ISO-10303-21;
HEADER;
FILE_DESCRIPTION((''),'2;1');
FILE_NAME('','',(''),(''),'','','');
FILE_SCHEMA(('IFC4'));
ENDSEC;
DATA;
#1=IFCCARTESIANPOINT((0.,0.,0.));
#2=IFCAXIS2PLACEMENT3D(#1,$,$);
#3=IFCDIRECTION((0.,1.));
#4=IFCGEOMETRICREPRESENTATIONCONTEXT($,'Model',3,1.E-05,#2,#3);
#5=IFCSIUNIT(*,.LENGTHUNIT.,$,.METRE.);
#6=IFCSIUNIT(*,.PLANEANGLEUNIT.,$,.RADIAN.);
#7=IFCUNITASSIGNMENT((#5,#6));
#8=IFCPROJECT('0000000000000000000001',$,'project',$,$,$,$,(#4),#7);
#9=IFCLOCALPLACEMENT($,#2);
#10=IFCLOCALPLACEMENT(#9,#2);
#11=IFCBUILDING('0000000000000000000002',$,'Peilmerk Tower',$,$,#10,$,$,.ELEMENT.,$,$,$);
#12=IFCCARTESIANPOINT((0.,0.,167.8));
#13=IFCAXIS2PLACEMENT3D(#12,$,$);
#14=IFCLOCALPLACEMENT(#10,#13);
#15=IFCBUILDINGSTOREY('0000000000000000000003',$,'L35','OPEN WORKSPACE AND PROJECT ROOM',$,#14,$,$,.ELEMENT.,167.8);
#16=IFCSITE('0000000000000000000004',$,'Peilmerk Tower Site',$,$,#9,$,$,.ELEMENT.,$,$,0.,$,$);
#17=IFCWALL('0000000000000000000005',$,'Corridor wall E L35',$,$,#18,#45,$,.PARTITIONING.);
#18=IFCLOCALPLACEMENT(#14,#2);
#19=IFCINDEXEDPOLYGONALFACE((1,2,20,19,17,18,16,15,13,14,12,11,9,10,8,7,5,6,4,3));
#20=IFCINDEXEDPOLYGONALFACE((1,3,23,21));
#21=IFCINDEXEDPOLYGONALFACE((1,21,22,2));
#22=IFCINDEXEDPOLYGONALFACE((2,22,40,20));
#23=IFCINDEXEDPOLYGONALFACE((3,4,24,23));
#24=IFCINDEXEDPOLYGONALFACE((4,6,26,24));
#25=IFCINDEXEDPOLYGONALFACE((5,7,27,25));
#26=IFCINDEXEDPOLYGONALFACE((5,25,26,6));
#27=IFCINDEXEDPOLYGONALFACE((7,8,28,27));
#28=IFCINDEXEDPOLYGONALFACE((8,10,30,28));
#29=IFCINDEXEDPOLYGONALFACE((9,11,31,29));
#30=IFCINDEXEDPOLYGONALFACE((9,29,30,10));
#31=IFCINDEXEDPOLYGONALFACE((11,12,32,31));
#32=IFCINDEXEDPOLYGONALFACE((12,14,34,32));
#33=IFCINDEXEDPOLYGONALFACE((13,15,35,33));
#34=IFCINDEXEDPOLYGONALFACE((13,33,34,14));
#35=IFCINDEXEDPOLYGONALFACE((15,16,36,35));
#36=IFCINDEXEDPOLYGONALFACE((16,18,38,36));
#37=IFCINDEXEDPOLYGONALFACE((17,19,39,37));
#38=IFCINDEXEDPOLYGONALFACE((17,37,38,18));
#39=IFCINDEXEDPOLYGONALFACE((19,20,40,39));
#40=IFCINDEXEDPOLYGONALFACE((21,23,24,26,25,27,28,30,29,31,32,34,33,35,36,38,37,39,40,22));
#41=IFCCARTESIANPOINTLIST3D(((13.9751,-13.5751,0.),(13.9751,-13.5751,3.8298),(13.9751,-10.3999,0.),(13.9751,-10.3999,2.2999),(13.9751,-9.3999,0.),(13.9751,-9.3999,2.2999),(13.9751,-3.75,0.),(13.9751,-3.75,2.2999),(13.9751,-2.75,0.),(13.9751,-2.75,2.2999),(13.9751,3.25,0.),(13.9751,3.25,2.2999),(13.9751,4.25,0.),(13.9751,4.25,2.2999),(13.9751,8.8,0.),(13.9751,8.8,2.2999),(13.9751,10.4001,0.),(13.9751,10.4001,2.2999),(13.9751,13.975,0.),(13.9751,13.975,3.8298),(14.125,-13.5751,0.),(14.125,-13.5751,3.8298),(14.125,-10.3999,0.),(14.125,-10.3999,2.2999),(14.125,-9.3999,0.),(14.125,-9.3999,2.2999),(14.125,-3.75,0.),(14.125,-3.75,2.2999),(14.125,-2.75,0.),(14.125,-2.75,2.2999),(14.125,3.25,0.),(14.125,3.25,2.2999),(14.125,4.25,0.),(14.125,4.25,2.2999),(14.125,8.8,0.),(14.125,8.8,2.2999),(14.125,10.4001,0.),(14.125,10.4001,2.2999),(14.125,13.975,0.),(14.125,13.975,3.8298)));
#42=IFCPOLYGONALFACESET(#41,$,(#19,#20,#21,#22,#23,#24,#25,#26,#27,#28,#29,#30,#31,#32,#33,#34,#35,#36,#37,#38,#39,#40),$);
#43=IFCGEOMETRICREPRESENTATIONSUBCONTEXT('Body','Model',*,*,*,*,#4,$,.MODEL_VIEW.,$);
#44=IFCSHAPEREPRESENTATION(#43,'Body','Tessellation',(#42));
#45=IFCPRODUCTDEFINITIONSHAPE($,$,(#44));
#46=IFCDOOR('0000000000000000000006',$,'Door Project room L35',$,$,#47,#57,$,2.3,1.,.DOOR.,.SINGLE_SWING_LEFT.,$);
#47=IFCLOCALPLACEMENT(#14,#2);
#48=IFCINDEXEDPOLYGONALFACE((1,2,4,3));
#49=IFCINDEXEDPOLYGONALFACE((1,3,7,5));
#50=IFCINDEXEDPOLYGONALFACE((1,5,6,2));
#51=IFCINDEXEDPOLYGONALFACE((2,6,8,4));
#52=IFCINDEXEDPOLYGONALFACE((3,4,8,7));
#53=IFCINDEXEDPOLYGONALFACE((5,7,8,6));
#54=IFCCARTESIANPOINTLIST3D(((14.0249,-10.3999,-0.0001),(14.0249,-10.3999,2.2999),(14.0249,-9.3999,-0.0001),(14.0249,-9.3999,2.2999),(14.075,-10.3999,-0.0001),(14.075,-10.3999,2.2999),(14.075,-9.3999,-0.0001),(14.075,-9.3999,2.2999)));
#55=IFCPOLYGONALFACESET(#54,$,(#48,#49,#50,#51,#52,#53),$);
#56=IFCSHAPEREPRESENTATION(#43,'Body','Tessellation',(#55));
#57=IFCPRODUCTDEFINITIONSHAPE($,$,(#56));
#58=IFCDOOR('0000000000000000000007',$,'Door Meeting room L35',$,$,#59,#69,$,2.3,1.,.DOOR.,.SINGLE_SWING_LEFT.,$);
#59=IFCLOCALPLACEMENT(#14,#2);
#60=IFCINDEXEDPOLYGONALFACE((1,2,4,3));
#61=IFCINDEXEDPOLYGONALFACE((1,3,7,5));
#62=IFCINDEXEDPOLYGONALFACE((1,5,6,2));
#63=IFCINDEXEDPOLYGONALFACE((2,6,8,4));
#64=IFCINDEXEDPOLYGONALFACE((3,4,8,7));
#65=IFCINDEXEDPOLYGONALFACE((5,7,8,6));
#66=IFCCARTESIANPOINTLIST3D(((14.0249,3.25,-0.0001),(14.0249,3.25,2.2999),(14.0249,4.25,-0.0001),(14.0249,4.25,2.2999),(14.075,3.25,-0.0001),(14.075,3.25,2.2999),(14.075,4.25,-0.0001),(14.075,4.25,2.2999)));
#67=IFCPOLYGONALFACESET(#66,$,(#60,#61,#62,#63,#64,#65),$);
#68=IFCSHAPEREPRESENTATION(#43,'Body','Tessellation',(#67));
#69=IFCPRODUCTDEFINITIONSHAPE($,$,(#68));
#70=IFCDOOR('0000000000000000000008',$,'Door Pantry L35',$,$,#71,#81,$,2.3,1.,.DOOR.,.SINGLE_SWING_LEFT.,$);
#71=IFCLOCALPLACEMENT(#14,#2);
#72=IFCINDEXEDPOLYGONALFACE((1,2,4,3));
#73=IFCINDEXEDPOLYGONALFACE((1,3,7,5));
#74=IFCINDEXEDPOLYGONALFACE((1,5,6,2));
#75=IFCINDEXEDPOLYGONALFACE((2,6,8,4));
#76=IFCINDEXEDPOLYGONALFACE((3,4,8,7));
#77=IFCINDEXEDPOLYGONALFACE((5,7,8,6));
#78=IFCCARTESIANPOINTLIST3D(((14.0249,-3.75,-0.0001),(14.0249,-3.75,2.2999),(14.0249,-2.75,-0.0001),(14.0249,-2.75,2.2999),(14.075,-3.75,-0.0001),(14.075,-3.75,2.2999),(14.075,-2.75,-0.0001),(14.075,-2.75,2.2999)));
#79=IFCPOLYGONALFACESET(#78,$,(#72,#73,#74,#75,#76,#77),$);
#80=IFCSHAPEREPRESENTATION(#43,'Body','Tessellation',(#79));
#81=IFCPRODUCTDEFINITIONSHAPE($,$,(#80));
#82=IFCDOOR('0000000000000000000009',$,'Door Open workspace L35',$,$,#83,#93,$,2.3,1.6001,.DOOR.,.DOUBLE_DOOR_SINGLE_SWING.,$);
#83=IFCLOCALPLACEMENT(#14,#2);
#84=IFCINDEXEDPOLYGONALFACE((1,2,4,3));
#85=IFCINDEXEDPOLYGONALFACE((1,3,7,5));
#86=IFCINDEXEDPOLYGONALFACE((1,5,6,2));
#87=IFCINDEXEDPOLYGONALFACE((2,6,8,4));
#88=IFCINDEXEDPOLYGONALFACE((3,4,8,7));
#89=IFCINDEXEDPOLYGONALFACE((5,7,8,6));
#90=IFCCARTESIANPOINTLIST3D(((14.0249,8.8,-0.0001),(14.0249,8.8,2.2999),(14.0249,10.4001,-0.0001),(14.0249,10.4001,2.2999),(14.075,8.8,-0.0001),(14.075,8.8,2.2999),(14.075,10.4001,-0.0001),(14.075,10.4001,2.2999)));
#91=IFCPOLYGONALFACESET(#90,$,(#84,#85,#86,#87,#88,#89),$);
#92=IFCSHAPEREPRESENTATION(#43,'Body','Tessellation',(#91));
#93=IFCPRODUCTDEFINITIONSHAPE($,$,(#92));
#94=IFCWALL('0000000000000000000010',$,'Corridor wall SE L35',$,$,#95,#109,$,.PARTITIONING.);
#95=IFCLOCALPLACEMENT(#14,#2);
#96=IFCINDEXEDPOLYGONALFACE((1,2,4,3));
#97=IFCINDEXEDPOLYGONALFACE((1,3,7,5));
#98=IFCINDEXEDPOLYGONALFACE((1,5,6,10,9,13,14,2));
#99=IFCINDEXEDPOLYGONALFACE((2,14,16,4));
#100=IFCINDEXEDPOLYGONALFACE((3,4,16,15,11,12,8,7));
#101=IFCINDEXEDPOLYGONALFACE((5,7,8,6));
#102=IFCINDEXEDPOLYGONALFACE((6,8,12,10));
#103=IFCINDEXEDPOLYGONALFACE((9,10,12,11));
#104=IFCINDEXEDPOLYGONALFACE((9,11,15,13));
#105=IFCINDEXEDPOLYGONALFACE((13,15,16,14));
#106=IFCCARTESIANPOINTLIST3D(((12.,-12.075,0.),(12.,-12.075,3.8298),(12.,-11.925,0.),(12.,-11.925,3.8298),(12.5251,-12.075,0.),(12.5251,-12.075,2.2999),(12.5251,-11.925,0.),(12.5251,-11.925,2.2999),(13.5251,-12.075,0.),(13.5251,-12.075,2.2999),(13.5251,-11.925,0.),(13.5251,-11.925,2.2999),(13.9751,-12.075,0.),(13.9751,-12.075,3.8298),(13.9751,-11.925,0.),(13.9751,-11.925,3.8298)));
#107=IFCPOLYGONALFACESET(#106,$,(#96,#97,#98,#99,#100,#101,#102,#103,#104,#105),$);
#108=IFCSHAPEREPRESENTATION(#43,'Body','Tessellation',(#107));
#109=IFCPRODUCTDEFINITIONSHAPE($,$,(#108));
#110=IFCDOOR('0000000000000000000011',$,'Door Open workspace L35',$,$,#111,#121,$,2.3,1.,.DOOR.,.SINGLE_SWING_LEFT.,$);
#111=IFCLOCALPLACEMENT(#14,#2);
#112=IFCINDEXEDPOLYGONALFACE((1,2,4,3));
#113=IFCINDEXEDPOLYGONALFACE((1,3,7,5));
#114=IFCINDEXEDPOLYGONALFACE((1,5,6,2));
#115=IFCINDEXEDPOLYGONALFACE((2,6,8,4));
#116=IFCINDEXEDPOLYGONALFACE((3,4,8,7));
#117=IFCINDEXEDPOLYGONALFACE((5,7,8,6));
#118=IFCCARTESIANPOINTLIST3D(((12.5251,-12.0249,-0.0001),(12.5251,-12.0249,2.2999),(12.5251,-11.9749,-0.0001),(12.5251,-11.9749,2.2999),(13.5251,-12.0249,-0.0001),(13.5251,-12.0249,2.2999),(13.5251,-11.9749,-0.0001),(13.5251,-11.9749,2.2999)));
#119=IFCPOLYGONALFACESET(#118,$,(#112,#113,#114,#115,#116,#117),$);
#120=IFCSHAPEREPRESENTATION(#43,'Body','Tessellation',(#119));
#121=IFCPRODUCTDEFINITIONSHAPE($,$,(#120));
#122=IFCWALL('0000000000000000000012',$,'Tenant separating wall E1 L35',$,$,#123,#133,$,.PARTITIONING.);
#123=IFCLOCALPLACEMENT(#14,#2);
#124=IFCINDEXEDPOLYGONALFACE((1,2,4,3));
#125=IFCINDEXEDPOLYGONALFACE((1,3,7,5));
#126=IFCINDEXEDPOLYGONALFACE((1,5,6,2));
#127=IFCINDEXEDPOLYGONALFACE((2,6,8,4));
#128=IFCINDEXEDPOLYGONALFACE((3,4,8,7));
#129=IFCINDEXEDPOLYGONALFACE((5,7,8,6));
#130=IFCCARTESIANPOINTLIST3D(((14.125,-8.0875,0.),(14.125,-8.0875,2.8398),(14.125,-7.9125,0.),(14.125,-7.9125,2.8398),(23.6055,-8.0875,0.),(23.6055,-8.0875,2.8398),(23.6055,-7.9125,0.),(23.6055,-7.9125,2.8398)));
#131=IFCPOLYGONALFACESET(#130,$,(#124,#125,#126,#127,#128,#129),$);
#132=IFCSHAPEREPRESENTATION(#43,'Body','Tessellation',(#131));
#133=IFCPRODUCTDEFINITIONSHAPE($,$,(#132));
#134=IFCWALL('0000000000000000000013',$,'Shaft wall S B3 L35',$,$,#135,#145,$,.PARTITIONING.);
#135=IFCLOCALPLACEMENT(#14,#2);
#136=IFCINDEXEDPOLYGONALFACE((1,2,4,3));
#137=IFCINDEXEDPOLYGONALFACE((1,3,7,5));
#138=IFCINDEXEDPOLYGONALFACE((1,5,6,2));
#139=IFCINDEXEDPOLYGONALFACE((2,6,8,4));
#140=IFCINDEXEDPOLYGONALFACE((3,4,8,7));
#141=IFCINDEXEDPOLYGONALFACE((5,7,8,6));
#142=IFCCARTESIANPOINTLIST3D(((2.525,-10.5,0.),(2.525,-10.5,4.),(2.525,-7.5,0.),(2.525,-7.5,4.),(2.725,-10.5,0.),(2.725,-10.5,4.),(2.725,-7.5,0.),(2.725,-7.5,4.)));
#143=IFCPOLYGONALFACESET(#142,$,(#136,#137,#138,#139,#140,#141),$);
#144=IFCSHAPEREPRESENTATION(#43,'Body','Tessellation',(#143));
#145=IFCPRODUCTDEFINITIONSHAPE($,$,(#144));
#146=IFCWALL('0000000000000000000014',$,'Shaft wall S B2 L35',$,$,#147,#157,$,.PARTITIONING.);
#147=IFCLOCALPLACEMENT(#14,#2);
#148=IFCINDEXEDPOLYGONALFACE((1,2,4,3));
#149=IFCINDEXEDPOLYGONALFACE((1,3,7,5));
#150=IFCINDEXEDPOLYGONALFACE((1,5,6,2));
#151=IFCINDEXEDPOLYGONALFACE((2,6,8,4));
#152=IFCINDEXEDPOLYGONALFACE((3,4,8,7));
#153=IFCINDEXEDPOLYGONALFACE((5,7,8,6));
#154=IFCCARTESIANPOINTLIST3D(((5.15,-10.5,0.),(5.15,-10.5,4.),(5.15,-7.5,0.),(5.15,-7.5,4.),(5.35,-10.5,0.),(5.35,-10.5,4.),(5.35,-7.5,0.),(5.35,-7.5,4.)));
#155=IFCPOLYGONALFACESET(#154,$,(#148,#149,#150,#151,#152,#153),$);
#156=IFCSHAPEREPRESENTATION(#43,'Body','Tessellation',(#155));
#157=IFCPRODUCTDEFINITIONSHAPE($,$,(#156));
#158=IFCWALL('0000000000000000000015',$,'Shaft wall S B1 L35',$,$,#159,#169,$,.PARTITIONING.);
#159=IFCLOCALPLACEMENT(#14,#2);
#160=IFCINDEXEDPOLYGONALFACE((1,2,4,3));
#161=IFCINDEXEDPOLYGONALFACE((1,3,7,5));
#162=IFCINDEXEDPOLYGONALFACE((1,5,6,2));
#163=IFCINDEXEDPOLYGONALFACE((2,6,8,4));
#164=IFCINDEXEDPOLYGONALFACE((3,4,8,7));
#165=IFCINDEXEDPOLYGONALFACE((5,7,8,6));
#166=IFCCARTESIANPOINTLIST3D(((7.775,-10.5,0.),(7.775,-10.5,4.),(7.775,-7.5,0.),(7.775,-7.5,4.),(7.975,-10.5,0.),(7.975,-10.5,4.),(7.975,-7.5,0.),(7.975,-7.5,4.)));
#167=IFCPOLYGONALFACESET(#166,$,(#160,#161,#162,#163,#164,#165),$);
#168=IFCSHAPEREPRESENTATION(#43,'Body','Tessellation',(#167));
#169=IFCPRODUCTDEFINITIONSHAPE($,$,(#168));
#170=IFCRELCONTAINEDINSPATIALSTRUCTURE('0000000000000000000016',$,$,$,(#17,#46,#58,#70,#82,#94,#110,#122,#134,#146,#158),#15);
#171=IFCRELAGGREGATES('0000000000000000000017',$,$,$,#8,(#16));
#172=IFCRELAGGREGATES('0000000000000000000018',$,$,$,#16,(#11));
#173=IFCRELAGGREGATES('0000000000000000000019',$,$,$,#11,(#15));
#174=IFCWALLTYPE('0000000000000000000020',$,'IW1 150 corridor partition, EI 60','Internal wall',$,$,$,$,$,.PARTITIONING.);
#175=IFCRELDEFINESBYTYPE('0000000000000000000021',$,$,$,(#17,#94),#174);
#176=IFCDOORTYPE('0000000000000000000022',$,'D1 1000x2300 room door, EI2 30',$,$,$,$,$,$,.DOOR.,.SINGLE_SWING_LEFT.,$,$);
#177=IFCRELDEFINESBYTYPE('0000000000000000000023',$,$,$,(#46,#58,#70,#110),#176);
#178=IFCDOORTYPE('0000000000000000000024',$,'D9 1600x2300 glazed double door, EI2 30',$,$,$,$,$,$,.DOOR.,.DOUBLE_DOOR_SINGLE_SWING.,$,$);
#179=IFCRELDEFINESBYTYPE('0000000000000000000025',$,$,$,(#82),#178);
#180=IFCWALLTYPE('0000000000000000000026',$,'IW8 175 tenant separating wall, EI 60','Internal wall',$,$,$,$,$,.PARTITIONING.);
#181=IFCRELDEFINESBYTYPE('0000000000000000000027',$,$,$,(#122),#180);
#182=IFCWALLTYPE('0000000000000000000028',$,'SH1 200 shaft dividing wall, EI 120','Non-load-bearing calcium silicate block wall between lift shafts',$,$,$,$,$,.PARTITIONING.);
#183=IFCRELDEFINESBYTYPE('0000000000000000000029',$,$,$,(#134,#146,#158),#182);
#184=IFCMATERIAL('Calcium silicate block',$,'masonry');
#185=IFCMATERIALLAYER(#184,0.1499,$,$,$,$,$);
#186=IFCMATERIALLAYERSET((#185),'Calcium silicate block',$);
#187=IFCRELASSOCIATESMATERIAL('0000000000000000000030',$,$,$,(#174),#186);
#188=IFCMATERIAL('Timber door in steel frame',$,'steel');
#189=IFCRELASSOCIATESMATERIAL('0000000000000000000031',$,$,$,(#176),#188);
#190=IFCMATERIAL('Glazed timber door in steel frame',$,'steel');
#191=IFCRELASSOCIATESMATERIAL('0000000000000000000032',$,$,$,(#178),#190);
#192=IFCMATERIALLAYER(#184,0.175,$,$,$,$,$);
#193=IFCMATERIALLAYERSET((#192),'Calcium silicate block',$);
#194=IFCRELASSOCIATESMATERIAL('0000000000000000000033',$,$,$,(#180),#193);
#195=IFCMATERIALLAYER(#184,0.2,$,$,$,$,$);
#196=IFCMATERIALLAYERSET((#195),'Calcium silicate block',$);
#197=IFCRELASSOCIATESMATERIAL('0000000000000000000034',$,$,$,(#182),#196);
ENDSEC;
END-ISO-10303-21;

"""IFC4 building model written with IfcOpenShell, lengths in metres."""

from ifc_helpers import new_model, si_unit, direction, frame, frame_2d, origin, place, context, subcontext, project, spatial, rectangle, extrude, material, layer, layer_set, type_object, element, fill, save


model = new_model("IFC4")

# Units and contexts
model_context = context("Model", 3, precision=1e-05, world=origin(), true_north=direction((0.0, 1.0)))
body_context = subcontext(model_context, "Body", "Model", "MODEL_VIEW")
ifc_project = project(units=[si_unit("LENGTHUNIT", "METRE"), si_unit("PLANEANGLEUNIT", "RADIAN")], contexts=[model_context])

# Site, building, storey
site_placement = place(None, origin())
site = spatial("IfcSite", under=ifc_project, at=site_placement, Name="Peilmerk Tower Site", CompositionType="ELEMENT", RefElevation=0.0)
building_placement = place(site_placement, origin())
building = spatial("IfcBuilding", under=site, at=building_placement, Name="Peilmerk Tower", CompositionType="ELEMENT")
storey_placement = place(building_placement, frame((0.0, 0.0, 167.8)))
storey = spatial("IfcBuildingStorey", under=building, at=storey_placement, Name="L35", Description="OPEN WORKSPACE AND PROJECT ROOM", CompositionType="ELEMENT", Elevation=167.8)

# Wall, openings, doors
ifc_material_1 = material(Name="Calcium silicate block", Category="masonry")
ifc_layer_1 = layer(ifc_material_1, 0.1499)
ifc_layer_set_1 = layer_set([ifc_layer_1], Name="Calcium silicate block")
wall_type_1 = type_object("IfcWallType", Name="IW1 150 corridor partition, EI 60", Description="Internal wall", PredefinedType="PARTITIONING", material=ifc_layer_set_1)
wall_1_placement = place(storey_placement, frame((14.05, -13.575, 0.0), z_axis=(0.0, 0.0, 1.0), x_axis=(0.0, 1.0, 0.0)))
wall_1 = element("IfcWall", 1, at=wall_1_placement, inside=storey, type_object=wall_type_1, Name="Corridor wall E L35", PredefinedType="PARTITIONING", context=body_context, shape_type="SweptSolid", body=[
    extrude(rectangle(XDim=27.55, YDim=0.1499, at=frame_2d((13.7749, 0.0))), origin(), (0.0, 0.0, 1.0), 3.8298),
])
opening_1_placement = place(wall_1_placement, frame((3.175, 0.0, 0.0)))
opening_1 = element("IfcOpeningElement", 2, at=opening_1_placement, cuts=wall_1, PredefinedType="OPENING", context=body_context, shape_type="SweptSolid", body=[
    extrude(rectangle(XDim=1.0, YDim=2.3, at=frame_2d((0.5, 1.1499))), frame((0.0, 0.085, 0.0), z_axis=(0.0, -1.0, 0.0), x_axis=(1.0, 0.0, 0.0)), (0.0, 0.0, 1.0), 0.1699),
])
opening_2_placement = place(wall_1_placement, frame((22.375, 0.0, 0.0)))
opening_2 = element("IfcOpeningElement", 3, at=opening_2_placement, cuts=wall_1, PredefinedType="OPENING", context=body_context, shape_type="SweptSolid", body=[
    extrude(rectangle(XDim=1.6001, YDim=2.3, at=frame_2d((0.8, 1.1499))), frame((0.0, 0.085, 0.0), z_axis=(0.0, -1.0, 0.0), x_axis=(1.0, 0.0, 0.0)), (0.0, 0.0, 1.0), 0.1699),
])
opening_3_placement = place(wall_1_placement, frame((16.825, 0.0, 0.0)))
opening_3 = element("IfcOpeningElement", 4, at=opening_3_placement, cuts=wall_1, PredefinedType="OPENING", context=body_context, shape_type="SweptSolid", body=[
    extrude(rectangle(XDim=1.0, YDim=2.3, at=frame_2d((0.5, 1.1499))), frame((0.0, 0.085, 0.0), z_axis=(0.0, -1.0, 0.0), x_axis=(1.0, 0.0, 0.0)), (0.0, 0.0, 1.0), 0.1699),
])
opening_4_placement = place(wall_1_placement, frame((9.825, 0.0, 0.0)))
opening_4 = element("IfcOpeningElement", 5, at=opening_4_placement, cuts=wall_1, PredefinedType="OPENING", context=body_context, shape_type="SweptSolid", body=[
    extrude(rectangle(XDim=1.0, YDim=2.3, at=frame_2d((0.5, 1.1499))), frame((0.0, 0.085, 0.0), z_axis=(0.0, -1.0, 0.0), x_axis=(1.0, 0.0, 0.0)), (0.0, 0.0, 1.0), 0.1699),
])
ifc_material_2 = material(Name="Timber door in steel frame", Category="steel")
door_type_1 = type_object("IfcDoorType", Name="D1 1000x2300 room door, EI2 30", OperationType="SINGLE_SWING_LEFT", PredefinedType="DOOR", material=ifc_material_2)
door_1_placement = place(opening_1_placement, frame((1.0, 0.0, 0.0), z_axis=(0.0, 0.0, 1.0), x_axis=(-1.0, 0.0, 0.0)))
door_1 = element("IfcDoor", 6, at=door_1_placement, inside=storey, type_object=door_type_1, Name="Door Project room L35", OperationType="SINGLE_SWING_LEFT", OverallHeight=2.3, OverallWidth=1.0, PredefinedType="DOOR", context=body_context, shape_type="SweptSolid", body=[
    extrude(rectangle(XDim=1.0, YDim=2.3, at=frame_2d((0.5, 1.1499))), frame((0.0, 0.0249, 0.0), z_axis=(0.0, -1.0, 0.0), x_axis=(1.0, 0.0, 0.0)), (0.0, 0.0, 1.0), 0.05),
])
fill(opening_1, door_1)
door_2_placement = place(opening_3_placement, frame((1.0, 0.0, 0.0), z_axis=(0.0, 0.0, 1.0), x_axis=(-1.0, 0.0, 0.0)))
door_2 = element("IfcDoor", 7, at=door_2_placement, inside=storey, type_object=door_type_1, Name="Door Meeting room L35", OperationType="SINGLE_SWING_LEFT", OverallHeight=2.3, OverallWidth=1.0, PredefinedType="DOOR", context=body_context, shape_type="SweptSolid", body=[
    extrude(rectangle(XDim=1.0, YDim=2.3, at=frame_2d((0.5, 1.1499))), frame((0.0, 0.0249, 0.0), z_axis=(0.0, -1.0, 0.0), x_axis=(1.0, 0.0, 0.0)), (0.0, 0.0, 1.0), 0.05),
])
fill(opening_3, door_2)
door_3_placement = place(opening_4_placement, frame((1.0, 0.0, 0.0), z_axis=(0.0, 0.0, 1.0), x_axis=(-1.0, 0.0, 0.0)))
door_3 = element("IfcDoor", 8, at=door_3_placement, inside=storey, type_object=door_type_1, Name="Door Pantry L35", OperationType="SINGLE_SWING_LEFT", OverallHeight=2.3, OverallWidth=1.0, PredefinedType="DOOR", context=body_context, shape_type="SweptSolid", body=[
    extrude(rectangle(XDim=1.0, YDim=2.3, at=frame_2d((0.5, 1.1499))), frame((0.0, 0.0249, 0.0), z_axis=(0.0, -1.0, 0.0), x_axis=(1.0, 0.0, 0.0)), (0.0, 0.0, 1.0), 0.05),
])
fill(opening_4, door_3)
ifc_material_3 = material(Name="Glazed timber door in steel frame", Category="steel")
door_type_2 = type_object("IfcDoorType", Name="D9 1600x2300 glazed double door, EI2 30", OperationType="DOUBLE_DOOR_SINGLE_SWING", PredefinedType="DOOR", material=ifc_material_3)
door_4_placement = place(opening_2_placement, frame((1.6001, 0.0, 0.0), z_axis=(0.0, 0.0, 1.0), x_axis=(-1.0, 0.0, 0.0)))
door_4 = element("IfcDoor", 9, at=door_4_placement, inside=storey, type_object=door_type_2, Name="Door Open workspace L35", OperationType="DOUBLE_DOOR_SINGLE_SWING", OverallHeight=2.3, OverallWidth=1.6001, PredefinedType="DOOR", context=body_context, shape_type="SweptSolid", body=[
    extrude(rectangle(XDim=1.6001, YDim=2.3, at=frame_2d((0.8, 1.1499))), frame((0.0, 0.0249, 0.0), z_axis=(0.0, -1.0, 0.0), x_axis=(1.0, 0.0, 0.0)), (0.0, 0.0, 1.0), 0.05),
])
fill(opening_2, door_4)

# Wall, opening, door
wall_2_placement = place(storey_placement, frame((13.9751, -12.0, 0.0), z_axis=(0.0, 0.0, 1.0), x_axis=(-1.0, 0.0, 0.0)))
wall_2 = element("IfcWall", 10, at=wall_2_placement, inside=storey, type_object=wall_type_1, Name="Corridor wall SE L35", PredefinedType="PARTITIONING", context=body_context, shape_type="SweptSolid", body=[
    extrude(rectangle(XDim=1.9751, YDim=0.1499, at=frame_2d((0.9875, 0.0))), origin(), (0.0, 0.0, 1.0), 3.8298),
])
opening_5_placement = place(wall_2_placement, frame((0.45, 0.0, 0.0)))
opening_5 = element("IfcOpeningElement", 11, at=opening_5_placement, cuts=wall_2, PredefinedType="OPENING", context=body_context, shape_type="SweptSolid", body=[
    extrude(rectangle(XDim=1.0, YDim=2.3, at=frame_2d((0.5, 1.1499))), frame((0.0, 0.085, 0.0), z_axis=(0.0, -1.0, 0.0), x_axis=(1.0, 0.0, 0.0)), (0.0, 0.0, 1.0), 0.1699),
])
door_5_placement = place(opening_5_placement, origin())
door_5 = element("IfcDoor", 12, at=door_5_placement, inside=storey, type_object=door_type_1, Name="Door Open workspace L35", OperationType="SINGLE_SWING_LEFT", OverallHeight=2.3, OverallWidth=1.0, PredefinedType="DOOR", context=body_context, shape_type="SweptSolid", body=[
    extrude(rectangle(XDim=1.0, YDim=2.3, at=frame_2d((0.5, 1.1499))), frame((0.0, 0.0249, 0.0), z_axis=(0.0, -1.0, 0.0), x_axis=(1.0, 0.0, 0.0)), (0.0, 0.0, 1.0), 0.05),
])
fill(opening_5, door_5)

# Walls
ifc_layer_2 = layer(ifc_material_1, 0.175)
ifc_layer_set_2 = layer_set([ifc_layer_2], Name="Calcium silicate block")
wall_type_2 = type_object("IfcWallType", Name="IW8 175 tenant separating wall, EI 60", Description="Internal wall", PredefinedType="PARTITIONING", material=ifc_layer_set_2)
wall_3_placement = place(storey_placement, frame((14.125, -8.0, 0.0), z_axis=(0.0, 0.0, 1.0), x_axis=(1.0, 0.0, 0.0)))
element("IfcWall", 13, at=wall_3_placement, inside=storey, type_object=wall_type_2, Name="Tenant separating wall E1 L35", PredefinedType="PARTITIONING", context=body_context, shape_type="SweptSolid", body=[
    extrude(rectangle(XDim=9.4805, YDim=0.175, at=frame_2d((4.7402, 0.0))), origin(), (0.0, 0.0, 1.0), 2.8398),
])
ifc_layer_3 = layer(ifc_material_1, 0.2)
ifc_layer_set_3 = layer_set([ifc_layer_3], Name="Calcium silicate block")
wall_type_3 = type_object("IfcWallType", Name="SH1 200 shaft dividing wall, EI 120", Description="Non-load-bearing calcium silicate block wall between lift shafts", PredefinedType="PARTITIONING", material=ifc_layer_set_3)
for number, where, z_axis, x_axis, name in (
    (14, (2.625, -10.5, 0.0), (0.0, 0.0, 1.0), (0.0, 1.0, 0.0), "Shaft wall S B3 L35"),
    (15, (5.25, -10.5, 0.0), (0.0, 0.0, 1.0), (0.0, 1.0, 0.0), "Shaft wall S B2 L35"),
    (16, (7.875, -10.5, 0.0), (0.0, 0.0, 1.0), (0.0, 1.0, 0.0), "Shaft wall S B1 L35"),
):
    element("IfcWall", number, at=place(storey_placement, frame(where, z_axis=z_axis, x_axis=x_axis)), inside=storey, type_object=wall_type_3, Name=name, PredefinedType="PARTITIONING", context=body_context, shape_type="SweptSolid", body=[
        extrude(rectangle(XDim=3.0, YDim=0.2, at=frame_2d((1.5, 0.0))), origin(), (0.0, 0.0, 1.0), 4.0),
    ])

save(model, "model.ifc")
